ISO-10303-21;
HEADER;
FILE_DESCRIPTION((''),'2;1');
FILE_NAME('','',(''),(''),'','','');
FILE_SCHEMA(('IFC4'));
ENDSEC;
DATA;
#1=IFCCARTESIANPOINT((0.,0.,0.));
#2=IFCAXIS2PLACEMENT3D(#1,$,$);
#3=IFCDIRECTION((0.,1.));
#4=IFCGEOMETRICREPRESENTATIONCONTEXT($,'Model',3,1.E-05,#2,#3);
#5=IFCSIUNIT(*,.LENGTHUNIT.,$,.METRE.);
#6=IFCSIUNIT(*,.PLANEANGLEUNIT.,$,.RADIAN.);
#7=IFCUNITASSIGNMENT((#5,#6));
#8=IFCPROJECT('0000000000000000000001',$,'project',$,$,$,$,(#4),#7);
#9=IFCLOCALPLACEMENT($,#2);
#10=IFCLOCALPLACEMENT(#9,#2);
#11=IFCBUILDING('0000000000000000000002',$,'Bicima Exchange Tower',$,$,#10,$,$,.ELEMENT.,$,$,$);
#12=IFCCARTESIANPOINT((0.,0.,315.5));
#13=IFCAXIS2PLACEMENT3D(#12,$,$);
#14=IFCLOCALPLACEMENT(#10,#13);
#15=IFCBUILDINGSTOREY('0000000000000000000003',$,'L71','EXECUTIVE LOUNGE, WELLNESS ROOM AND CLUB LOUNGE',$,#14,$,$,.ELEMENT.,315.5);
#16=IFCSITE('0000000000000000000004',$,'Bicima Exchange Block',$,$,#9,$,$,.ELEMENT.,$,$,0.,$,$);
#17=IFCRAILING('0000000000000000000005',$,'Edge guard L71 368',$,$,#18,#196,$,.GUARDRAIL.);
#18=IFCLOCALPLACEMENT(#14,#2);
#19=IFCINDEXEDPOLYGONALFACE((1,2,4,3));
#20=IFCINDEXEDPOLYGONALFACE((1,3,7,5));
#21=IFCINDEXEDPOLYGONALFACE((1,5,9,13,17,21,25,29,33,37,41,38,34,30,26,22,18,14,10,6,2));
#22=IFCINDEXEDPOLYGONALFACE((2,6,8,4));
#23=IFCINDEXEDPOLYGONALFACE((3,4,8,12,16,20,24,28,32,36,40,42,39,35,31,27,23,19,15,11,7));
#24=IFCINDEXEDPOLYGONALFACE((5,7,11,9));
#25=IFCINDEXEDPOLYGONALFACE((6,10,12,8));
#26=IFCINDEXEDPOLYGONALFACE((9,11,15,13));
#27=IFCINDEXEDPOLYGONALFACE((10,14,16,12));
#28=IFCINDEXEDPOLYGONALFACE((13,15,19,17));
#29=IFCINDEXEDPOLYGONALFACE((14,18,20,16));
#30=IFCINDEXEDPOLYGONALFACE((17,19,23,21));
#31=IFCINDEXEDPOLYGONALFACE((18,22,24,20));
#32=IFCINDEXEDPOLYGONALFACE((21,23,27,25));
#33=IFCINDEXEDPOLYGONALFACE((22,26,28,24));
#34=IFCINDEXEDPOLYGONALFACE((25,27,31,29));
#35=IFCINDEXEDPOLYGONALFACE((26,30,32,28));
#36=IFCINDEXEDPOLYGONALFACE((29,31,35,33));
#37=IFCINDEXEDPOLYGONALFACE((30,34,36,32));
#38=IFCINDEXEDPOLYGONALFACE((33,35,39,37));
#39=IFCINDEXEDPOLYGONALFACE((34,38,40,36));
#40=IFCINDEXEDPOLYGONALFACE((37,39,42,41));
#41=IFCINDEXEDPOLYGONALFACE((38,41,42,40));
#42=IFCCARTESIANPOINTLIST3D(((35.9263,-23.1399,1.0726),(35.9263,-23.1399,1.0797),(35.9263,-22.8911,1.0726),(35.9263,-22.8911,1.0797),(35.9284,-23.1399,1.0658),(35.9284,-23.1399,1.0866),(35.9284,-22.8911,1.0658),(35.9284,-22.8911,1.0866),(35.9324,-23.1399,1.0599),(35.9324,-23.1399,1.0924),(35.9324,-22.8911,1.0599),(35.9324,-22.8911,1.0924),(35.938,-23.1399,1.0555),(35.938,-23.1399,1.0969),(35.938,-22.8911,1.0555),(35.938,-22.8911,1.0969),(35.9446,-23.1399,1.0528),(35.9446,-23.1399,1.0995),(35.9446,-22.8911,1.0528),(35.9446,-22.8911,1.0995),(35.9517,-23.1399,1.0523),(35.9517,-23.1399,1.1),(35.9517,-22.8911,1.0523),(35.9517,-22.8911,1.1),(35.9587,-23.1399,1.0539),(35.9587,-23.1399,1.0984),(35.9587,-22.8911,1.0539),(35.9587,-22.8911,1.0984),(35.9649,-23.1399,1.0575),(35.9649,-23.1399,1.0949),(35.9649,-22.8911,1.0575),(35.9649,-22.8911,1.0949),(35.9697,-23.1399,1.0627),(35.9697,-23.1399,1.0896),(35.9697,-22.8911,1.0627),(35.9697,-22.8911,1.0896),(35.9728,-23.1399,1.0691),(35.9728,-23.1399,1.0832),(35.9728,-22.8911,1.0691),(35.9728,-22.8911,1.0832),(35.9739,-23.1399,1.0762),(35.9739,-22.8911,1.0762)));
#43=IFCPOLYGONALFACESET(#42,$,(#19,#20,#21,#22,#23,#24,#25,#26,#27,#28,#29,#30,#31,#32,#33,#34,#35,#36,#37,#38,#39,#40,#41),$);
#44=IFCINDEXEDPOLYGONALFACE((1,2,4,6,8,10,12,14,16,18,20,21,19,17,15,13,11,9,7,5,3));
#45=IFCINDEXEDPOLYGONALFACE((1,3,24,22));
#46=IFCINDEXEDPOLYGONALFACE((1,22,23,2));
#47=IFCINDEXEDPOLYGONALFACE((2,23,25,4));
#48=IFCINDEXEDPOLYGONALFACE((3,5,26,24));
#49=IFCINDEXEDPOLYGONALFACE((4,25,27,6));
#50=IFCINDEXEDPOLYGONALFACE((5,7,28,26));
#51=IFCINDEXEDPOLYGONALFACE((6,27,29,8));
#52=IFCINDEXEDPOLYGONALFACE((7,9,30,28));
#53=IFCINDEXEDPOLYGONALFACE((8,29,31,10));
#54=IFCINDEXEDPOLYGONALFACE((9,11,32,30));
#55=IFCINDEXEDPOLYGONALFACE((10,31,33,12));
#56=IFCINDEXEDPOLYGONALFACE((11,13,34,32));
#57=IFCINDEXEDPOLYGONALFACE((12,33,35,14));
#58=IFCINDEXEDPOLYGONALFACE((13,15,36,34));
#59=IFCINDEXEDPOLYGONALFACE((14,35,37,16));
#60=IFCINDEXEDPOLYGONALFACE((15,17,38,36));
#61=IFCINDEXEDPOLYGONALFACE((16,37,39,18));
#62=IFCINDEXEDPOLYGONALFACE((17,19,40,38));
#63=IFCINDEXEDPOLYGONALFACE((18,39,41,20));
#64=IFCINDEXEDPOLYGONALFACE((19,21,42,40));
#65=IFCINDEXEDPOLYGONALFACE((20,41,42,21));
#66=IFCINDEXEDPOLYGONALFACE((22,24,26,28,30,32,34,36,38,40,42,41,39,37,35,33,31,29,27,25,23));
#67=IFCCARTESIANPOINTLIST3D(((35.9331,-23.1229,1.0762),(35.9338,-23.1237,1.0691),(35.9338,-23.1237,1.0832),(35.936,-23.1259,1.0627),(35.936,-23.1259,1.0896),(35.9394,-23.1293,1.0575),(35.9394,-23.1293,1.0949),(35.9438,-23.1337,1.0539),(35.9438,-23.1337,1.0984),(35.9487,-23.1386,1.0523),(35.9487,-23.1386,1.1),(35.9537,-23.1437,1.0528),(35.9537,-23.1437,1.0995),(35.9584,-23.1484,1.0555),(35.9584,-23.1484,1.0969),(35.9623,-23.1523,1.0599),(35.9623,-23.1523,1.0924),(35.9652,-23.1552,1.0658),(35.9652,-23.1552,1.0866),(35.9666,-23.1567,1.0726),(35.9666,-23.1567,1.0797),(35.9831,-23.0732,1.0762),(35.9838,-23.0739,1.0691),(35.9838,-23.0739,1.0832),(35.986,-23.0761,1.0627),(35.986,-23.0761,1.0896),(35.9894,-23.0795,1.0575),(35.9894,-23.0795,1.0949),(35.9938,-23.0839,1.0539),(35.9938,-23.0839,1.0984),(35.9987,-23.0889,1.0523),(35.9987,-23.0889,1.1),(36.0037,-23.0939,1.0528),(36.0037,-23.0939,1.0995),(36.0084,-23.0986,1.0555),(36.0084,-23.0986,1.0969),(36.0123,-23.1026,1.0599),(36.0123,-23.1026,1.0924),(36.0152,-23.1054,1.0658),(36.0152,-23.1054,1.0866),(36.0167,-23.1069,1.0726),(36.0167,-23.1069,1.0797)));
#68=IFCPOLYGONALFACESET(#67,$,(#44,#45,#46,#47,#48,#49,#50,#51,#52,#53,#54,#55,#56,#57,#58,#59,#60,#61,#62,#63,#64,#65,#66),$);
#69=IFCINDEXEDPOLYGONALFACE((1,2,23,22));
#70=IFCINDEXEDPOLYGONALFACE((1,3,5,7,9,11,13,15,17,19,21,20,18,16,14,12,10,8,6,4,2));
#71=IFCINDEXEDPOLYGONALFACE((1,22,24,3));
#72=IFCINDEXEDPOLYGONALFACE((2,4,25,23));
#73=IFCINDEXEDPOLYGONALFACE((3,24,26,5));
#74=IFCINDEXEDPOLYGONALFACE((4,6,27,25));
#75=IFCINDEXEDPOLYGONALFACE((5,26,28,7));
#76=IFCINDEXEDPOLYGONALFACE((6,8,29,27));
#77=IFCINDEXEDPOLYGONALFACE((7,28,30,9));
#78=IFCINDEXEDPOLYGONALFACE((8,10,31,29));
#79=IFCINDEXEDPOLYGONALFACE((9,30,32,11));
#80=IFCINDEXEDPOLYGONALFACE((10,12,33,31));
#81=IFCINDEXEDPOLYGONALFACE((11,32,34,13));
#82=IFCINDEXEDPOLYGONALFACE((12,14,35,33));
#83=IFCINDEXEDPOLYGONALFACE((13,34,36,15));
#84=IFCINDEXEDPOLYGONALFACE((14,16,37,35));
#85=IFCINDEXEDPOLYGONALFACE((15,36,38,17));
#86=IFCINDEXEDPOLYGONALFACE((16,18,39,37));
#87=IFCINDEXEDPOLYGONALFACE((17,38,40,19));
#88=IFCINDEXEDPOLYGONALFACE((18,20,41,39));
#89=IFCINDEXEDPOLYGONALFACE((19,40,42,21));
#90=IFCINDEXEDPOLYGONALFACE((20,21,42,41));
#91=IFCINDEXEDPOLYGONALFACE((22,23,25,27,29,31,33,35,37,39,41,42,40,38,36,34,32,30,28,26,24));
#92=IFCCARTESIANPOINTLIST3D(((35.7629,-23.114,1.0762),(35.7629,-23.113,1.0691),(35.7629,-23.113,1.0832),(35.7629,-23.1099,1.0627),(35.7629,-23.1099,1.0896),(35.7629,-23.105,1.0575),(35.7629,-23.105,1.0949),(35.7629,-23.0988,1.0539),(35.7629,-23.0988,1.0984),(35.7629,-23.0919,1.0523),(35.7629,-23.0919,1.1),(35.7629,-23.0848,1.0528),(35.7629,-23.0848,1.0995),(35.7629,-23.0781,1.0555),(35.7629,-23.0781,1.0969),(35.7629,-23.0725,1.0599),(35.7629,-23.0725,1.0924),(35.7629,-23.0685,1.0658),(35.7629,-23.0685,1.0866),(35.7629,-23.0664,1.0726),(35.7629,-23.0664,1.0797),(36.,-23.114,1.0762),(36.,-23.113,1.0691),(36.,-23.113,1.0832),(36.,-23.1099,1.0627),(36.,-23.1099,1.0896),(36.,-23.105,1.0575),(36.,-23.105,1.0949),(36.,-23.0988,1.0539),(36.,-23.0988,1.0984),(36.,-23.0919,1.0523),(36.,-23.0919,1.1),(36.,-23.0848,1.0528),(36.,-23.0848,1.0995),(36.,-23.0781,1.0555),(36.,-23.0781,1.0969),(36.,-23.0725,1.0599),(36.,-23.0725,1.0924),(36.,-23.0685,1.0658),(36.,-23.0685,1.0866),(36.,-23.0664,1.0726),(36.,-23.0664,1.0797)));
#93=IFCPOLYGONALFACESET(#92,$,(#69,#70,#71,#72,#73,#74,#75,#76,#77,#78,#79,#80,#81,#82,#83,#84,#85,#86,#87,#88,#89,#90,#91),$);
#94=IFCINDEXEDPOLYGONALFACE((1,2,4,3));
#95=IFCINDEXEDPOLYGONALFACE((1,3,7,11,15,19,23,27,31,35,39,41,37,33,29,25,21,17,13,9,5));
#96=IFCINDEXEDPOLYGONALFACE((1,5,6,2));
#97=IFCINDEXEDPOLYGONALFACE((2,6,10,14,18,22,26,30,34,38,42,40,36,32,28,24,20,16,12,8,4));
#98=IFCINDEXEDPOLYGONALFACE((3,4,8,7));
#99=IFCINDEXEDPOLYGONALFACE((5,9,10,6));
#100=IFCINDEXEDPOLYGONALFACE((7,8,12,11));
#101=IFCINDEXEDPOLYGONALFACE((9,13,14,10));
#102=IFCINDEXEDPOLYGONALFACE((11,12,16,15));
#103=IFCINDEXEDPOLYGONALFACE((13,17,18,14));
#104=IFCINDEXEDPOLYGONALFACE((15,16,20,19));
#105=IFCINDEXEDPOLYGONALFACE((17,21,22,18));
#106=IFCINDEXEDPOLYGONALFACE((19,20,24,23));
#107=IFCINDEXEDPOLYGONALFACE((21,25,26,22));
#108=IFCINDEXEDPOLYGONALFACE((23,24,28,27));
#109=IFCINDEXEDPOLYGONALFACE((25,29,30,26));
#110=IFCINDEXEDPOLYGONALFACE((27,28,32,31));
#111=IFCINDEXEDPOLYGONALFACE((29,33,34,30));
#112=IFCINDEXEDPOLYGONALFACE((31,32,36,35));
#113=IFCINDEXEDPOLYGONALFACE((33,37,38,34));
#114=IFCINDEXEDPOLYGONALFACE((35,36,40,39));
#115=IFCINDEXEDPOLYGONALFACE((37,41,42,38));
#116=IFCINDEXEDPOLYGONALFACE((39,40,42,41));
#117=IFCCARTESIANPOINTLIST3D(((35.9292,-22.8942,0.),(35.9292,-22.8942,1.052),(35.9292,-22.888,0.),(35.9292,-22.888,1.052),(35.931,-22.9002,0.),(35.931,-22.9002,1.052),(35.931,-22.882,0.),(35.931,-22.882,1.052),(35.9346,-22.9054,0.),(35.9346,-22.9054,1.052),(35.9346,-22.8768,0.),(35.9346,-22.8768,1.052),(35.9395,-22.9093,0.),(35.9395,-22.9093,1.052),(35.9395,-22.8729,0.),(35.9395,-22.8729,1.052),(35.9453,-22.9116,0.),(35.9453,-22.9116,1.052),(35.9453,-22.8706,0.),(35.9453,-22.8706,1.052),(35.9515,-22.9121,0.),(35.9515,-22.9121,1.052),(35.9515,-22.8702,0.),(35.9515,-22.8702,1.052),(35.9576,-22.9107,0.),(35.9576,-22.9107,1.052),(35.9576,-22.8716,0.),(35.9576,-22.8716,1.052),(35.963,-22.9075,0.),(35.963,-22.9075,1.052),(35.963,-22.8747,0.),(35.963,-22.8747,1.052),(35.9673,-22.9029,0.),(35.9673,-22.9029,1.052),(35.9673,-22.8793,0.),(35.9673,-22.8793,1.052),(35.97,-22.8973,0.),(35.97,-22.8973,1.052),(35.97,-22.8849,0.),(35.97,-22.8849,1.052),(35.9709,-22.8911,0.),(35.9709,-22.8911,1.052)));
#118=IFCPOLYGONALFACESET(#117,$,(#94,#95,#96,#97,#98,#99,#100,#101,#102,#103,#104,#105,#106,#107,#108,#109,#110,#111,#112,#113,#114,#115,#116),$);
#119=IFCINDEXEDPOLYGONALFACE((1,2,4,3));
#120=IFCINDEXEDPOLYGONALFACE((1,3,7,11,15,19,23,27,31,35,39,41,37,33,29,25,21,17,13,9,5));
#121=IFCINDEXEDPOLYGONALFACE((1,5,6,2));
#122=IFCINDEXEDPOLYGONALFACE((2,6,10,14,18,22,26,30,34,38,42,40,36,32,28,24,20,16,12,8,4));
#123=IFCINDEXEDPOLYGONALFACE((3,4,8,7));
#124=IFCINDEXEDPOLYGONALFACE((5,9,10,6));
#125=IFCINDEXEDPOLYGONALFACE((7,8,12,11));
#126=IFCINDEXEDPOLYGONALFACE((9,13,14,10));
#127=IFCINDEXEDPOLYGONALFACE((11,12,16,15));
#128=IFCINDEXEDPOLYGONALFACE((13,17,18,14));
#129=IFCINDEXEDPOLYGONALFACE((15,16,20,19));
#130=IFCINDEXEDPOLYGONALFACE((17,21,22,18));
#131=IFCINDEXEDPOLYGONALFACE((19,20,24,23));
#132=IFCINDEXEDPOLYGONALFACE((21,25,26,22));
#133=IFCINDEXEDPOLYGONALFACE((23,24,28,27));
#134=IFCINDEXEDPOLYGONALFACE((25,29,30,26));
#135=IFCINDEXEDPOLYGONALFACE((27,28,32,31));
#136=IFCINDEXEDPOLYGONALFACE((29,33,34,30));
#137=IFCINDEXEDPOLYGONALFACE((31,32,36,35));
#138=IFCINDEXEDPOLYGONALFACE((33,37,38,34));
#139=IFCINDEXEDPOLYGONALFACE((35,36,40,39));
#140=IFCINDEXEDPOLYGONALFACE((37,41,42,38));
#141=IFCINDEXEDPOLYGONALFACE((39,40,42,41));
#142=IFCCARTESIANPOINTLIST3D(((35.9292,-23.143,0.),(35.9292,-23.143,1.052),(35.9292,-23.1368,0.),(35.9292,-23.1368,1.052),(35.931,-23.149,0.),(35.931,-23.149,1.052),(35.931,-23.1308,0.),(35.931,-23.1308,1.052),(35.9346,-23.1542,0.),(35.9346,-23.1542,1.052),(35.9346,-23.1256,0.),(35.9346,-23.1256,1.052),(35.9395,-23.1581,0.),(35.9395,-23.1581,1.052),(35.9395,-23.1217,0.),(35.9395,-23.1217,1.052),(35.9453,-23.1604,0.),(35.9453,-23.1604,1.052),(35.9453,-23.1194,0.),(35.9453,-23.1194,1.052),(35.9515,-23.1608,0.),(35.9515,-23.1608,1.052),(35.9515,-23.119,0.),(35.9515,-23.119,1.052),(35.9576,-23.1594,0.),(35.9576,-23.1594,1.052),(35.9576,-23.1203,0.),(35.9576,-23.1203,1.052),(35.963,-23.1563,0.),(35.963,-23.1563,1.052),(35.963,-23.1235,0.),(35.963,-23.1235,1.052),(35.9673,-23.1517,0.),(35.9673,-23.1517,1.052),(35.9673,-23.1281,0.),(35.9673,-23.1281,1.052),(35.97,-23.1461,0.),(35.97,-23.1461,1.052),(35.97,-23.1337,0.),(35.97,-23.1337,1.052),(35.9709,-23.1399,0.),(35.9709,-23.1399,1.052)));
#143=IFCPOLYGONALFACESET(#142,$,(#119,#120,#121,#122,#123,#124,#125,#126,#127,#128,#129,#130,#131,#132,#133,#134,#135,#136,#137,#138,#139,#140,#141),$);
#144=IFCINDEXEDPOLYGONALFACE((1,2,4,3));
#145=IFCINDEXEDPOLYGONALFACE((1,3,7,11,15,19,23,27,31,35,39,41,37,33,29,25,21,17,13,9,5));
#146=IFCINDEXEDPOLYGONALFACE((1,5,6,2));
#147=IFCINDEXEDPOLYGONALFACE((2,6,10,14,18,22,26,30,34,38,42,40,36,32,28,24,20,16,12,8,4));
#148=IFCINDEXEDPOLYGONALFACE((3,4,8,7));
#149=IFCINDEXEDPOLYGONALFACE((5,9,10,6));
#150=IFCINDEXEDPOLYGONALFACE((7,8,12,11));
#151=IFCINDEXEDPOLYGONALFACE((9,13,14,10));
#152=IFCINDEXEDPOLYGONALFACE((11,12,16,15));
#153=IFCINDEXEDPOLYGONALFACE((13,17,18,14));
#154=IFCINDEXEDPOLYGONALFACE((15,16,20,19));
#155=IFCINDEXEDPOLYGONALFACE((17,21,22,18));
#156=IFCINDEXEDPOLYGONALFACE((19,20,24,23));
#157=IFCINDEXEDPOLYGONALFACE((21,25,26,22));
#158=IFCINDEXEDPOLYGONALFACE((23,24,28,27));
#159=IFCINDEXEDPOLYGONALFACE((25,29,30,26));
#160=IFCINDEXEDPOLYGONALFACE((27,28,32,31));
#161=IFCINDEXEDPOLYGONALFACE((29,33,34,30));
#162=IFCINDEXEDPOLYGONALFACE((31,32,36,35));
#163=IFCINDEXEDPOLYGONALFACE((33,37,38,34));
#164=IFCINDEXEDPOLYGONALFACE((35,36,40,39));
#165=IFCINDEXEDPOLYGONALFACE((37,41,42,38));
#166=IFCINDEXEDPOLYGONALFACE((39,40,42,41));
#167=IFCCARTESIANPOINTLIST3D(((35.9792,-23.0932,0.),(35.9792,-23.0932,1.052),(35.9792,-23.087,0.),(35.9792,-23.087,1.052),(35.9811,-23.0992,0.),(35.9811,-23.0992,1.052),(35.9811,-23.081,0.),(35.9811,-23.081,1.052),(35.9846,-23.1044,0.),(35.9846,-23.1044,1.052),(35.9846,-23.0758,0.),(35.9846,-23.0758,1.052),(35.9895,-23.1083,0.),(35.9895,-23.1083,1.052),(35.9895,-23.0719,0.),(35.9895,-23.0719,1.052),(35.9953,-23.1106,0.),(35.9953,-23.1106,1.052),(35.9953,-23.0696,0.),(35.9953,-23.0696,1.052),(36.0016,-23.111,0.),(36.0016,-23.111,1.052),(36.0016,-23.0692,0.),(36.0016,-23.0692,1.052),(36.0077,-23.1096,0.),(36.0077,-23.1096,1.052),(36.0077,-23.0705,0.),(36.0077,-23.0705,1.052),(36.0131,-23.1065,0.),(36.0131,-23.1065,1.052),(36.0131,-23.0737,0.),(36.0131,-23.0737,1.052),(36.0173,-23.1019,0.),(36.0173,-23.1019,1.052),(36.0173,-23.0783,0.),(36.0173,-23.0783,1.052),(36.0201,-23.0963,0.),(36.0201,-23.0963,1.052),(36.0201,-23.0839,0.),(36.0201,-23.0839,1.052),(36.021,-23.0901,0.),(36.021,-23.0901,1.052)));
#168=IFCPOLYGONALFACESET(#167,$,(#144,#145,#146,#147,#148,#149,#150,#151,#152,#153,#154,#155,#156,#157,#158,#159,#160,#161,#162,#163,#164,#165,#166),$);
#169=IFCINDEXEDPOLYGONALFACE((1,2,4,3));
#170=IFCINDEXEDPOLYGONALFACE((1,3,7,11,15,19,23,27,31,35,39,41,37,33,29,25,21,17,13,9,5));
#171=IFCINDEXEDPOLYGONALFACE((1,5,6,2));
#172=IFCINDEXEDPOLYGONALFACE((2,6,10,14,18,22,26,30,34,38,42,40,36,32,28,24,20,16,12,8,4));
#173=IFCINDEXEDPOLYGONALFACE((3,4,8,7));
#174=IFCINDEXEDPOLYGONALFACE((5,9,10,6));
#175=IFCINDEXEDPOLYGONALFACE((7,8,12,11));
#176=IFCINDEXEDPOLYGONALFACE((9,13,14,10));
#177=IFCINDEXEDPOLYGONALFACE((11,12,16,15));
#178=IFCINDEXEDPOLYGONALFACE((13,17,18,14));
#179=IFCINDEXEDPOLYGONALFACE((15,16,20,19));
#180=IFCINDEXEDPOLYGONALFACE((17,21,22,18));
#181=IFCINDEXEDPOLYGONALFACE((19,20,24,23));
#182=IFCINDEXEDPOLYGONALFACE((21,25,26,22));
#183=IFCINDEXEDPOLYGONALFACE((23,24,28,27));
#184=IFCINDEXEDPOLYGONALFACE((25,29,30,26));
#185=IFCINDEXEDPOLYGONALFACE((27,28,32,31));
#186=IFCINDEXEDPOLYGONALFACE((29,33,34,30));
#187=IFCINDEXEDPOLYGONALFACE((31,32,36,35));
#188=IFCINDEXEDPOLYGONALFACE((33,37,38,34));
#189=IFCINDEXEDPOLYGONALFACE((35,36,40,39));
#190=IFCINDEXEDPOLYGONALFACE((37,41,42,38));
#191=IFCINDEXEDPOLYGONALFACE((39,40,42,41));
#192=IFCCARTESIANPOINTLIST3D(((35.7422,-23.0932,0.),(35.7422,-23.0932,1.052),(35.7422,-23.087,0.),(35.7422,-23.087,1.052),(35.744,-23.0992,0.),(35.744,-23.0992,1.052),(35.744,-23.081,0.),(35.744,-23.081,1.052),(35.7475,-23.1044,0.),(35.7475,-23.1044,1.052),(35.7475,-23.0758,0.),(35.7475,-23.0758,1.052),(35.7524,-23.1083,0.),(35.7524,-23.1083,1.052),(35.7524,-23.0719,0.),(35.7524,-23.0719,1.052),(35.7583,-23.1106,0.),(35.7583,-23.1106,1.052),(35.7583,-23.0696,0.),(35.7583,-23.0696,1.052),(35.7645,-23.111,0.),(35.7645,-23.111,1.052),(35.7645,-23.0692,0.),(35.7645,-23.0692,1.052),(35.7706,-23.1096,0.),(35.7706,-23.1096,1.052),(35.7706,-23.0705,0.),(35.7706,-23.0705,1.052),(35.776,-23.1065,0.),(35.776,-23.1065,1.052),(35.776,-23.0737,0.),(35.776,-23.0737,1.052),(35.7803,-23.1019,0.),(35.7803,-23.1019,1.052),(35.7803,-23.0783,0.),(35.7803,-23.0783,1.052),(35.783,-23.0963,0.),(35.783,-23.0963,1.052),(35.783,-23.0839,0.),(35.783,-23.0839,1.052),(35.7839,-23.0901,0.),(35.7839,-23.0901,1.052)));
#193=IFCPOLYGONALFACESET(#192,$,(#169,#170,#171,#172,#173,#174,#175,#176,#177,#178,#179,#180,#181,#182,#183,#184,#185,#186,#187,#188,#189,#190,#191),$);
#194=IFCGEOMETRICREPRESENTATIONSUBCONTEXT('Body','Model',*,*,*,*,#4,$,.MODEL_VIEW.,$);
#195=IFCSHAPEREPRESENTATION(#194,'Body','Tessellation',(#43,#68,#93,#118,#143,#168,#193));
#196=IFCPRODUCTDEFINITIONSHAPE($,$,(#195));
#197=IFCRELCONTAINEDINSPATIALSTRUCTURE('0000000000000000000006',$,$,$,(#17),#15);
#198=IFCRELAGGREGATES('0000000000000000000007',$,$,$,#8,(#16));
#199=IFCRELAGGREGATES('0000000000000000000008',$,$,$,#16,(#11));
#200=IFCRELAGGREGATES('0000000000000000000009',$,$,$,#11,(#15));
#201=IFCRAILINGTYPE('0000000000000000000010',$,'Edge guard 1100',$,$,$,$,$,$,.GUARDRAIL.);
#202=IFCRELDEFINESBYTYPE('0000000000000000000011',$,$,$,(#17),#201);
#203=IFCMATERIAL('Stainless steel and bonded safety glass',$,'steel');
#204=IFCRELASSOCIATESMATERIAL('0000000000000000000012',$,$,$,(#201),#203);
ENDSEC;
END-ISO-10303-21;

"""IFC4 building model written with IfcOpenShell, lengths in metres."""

from ifc_helpers import new_model, si_unit, direction, frame, origin, origin_2d, place, context, subcontext, project, spatial, circle, extrude, material, type_object, element, save


model = new_model("IFC4")

# Units and contexts
model_context = context("Model", 3, precision=1e-05, world=origin(), true_north=direction((0.0, 1.0)))
body_context = subcontext(model_context, "Body", "Model", "MODEL_VIEW")
ifc_project = project(units=[si_unit("LENGTHUNIT", "METRE"), si_unit("PLANEANGLEUNIT", "RADIAN")], contexts=[model_context])

# Site, building, storey
site_placement = place(None, origin())
site = spatial("IfcSite", under=ifc_project, at=site_placement, Name="Bicima Exchange Block", CompositionType="ELEMENT", RefElevation=0.0)
building_placement = place(site_placement, origin())
building = spatial("IfcBuilding", under=site, at=building_placement, Name="Bicima Exchange Tower", CompositionType="ELEMENT")
storey_placement = place(building_placement, frame((0.0, 0.0, 315.5)))
storey = spatial("IfcBuildingStorey", under=building, at=storey_placement, Name="L71", Description="EXECUTIVE LOUNGE, WELLNESS ROOM AND CLUB LOUNGE", CompositionType="ELEMENT", Elevation=315.5)

# Railing
ifc_material_1 = material(Name="Stainless steel and bonded safety glass", Category="steel")
railing_type = type_object("IfcRailingType", Name="Edge guard 1100", PredefinedType="GUARDRAIL", material=ifc_material_1)
railing_1_placement = place(storey_placement, frame((35.95, -22.8911, 0.0)))
element("IfcRailing", 1, at=railing_1_placement, inside=storey, type_object=railing_type, Name="Edge guard L71 368", PredefinedType="GUARDRAIL", context=body_context, shape_type="SweptSolid", body=[
    extrude(circle(Radius=0.0239, at=origin_2d()), frame((0.0, 0.0, 1.0762), z_axis=(0.0, -1.0, 0.0), x_axis=(1.0, 0.0, 0.0)), (0.0, 0.0, 1.0), 0.2488),
    extrude(circle(Radius=0.0239, at=origin_2d()), frame((0.0, -0.2488, 1.0762), z_axis=(0.708834, 0.705376, 0.0), x_axis=(-0.705376, 0.708834, 0.0)), (0.0, 0.0, 1.0), 0.0706),
    extrude(circle(Radius=0.0239, at=origin_2d()), frame((0.05, -0.199, 1.0762), z_axis=(-1.0, 0.0, 0.0), x_axis=(0.0, -1.0, 0.0)), (0.0, 0.0, 1.0), 0.2371),
    extrude(circle(Radius=0.021, at=origin_2d()), origin(), (0.0, 0.0, 1.0), 1.052),
    extrude(circle(Radius=0.021, at=origin_2d()), frame((0.0, -0.2488, 0.0)), (0.0, 0.0, 1.0), 1.052),
    extrude(circle(Radius=0.021, at=origin_2d()), frame((0.05, -0.199, 0.0)), (0.0, 0.0, 1.0), 1.052),
    extrude(circle(Radius=0.021, at=origin_2d()), frame((-0.187, -0.199, 0.0)), (0.0, 0.0, 1.0), 1.052),
])

save(model, "model.ifc")
